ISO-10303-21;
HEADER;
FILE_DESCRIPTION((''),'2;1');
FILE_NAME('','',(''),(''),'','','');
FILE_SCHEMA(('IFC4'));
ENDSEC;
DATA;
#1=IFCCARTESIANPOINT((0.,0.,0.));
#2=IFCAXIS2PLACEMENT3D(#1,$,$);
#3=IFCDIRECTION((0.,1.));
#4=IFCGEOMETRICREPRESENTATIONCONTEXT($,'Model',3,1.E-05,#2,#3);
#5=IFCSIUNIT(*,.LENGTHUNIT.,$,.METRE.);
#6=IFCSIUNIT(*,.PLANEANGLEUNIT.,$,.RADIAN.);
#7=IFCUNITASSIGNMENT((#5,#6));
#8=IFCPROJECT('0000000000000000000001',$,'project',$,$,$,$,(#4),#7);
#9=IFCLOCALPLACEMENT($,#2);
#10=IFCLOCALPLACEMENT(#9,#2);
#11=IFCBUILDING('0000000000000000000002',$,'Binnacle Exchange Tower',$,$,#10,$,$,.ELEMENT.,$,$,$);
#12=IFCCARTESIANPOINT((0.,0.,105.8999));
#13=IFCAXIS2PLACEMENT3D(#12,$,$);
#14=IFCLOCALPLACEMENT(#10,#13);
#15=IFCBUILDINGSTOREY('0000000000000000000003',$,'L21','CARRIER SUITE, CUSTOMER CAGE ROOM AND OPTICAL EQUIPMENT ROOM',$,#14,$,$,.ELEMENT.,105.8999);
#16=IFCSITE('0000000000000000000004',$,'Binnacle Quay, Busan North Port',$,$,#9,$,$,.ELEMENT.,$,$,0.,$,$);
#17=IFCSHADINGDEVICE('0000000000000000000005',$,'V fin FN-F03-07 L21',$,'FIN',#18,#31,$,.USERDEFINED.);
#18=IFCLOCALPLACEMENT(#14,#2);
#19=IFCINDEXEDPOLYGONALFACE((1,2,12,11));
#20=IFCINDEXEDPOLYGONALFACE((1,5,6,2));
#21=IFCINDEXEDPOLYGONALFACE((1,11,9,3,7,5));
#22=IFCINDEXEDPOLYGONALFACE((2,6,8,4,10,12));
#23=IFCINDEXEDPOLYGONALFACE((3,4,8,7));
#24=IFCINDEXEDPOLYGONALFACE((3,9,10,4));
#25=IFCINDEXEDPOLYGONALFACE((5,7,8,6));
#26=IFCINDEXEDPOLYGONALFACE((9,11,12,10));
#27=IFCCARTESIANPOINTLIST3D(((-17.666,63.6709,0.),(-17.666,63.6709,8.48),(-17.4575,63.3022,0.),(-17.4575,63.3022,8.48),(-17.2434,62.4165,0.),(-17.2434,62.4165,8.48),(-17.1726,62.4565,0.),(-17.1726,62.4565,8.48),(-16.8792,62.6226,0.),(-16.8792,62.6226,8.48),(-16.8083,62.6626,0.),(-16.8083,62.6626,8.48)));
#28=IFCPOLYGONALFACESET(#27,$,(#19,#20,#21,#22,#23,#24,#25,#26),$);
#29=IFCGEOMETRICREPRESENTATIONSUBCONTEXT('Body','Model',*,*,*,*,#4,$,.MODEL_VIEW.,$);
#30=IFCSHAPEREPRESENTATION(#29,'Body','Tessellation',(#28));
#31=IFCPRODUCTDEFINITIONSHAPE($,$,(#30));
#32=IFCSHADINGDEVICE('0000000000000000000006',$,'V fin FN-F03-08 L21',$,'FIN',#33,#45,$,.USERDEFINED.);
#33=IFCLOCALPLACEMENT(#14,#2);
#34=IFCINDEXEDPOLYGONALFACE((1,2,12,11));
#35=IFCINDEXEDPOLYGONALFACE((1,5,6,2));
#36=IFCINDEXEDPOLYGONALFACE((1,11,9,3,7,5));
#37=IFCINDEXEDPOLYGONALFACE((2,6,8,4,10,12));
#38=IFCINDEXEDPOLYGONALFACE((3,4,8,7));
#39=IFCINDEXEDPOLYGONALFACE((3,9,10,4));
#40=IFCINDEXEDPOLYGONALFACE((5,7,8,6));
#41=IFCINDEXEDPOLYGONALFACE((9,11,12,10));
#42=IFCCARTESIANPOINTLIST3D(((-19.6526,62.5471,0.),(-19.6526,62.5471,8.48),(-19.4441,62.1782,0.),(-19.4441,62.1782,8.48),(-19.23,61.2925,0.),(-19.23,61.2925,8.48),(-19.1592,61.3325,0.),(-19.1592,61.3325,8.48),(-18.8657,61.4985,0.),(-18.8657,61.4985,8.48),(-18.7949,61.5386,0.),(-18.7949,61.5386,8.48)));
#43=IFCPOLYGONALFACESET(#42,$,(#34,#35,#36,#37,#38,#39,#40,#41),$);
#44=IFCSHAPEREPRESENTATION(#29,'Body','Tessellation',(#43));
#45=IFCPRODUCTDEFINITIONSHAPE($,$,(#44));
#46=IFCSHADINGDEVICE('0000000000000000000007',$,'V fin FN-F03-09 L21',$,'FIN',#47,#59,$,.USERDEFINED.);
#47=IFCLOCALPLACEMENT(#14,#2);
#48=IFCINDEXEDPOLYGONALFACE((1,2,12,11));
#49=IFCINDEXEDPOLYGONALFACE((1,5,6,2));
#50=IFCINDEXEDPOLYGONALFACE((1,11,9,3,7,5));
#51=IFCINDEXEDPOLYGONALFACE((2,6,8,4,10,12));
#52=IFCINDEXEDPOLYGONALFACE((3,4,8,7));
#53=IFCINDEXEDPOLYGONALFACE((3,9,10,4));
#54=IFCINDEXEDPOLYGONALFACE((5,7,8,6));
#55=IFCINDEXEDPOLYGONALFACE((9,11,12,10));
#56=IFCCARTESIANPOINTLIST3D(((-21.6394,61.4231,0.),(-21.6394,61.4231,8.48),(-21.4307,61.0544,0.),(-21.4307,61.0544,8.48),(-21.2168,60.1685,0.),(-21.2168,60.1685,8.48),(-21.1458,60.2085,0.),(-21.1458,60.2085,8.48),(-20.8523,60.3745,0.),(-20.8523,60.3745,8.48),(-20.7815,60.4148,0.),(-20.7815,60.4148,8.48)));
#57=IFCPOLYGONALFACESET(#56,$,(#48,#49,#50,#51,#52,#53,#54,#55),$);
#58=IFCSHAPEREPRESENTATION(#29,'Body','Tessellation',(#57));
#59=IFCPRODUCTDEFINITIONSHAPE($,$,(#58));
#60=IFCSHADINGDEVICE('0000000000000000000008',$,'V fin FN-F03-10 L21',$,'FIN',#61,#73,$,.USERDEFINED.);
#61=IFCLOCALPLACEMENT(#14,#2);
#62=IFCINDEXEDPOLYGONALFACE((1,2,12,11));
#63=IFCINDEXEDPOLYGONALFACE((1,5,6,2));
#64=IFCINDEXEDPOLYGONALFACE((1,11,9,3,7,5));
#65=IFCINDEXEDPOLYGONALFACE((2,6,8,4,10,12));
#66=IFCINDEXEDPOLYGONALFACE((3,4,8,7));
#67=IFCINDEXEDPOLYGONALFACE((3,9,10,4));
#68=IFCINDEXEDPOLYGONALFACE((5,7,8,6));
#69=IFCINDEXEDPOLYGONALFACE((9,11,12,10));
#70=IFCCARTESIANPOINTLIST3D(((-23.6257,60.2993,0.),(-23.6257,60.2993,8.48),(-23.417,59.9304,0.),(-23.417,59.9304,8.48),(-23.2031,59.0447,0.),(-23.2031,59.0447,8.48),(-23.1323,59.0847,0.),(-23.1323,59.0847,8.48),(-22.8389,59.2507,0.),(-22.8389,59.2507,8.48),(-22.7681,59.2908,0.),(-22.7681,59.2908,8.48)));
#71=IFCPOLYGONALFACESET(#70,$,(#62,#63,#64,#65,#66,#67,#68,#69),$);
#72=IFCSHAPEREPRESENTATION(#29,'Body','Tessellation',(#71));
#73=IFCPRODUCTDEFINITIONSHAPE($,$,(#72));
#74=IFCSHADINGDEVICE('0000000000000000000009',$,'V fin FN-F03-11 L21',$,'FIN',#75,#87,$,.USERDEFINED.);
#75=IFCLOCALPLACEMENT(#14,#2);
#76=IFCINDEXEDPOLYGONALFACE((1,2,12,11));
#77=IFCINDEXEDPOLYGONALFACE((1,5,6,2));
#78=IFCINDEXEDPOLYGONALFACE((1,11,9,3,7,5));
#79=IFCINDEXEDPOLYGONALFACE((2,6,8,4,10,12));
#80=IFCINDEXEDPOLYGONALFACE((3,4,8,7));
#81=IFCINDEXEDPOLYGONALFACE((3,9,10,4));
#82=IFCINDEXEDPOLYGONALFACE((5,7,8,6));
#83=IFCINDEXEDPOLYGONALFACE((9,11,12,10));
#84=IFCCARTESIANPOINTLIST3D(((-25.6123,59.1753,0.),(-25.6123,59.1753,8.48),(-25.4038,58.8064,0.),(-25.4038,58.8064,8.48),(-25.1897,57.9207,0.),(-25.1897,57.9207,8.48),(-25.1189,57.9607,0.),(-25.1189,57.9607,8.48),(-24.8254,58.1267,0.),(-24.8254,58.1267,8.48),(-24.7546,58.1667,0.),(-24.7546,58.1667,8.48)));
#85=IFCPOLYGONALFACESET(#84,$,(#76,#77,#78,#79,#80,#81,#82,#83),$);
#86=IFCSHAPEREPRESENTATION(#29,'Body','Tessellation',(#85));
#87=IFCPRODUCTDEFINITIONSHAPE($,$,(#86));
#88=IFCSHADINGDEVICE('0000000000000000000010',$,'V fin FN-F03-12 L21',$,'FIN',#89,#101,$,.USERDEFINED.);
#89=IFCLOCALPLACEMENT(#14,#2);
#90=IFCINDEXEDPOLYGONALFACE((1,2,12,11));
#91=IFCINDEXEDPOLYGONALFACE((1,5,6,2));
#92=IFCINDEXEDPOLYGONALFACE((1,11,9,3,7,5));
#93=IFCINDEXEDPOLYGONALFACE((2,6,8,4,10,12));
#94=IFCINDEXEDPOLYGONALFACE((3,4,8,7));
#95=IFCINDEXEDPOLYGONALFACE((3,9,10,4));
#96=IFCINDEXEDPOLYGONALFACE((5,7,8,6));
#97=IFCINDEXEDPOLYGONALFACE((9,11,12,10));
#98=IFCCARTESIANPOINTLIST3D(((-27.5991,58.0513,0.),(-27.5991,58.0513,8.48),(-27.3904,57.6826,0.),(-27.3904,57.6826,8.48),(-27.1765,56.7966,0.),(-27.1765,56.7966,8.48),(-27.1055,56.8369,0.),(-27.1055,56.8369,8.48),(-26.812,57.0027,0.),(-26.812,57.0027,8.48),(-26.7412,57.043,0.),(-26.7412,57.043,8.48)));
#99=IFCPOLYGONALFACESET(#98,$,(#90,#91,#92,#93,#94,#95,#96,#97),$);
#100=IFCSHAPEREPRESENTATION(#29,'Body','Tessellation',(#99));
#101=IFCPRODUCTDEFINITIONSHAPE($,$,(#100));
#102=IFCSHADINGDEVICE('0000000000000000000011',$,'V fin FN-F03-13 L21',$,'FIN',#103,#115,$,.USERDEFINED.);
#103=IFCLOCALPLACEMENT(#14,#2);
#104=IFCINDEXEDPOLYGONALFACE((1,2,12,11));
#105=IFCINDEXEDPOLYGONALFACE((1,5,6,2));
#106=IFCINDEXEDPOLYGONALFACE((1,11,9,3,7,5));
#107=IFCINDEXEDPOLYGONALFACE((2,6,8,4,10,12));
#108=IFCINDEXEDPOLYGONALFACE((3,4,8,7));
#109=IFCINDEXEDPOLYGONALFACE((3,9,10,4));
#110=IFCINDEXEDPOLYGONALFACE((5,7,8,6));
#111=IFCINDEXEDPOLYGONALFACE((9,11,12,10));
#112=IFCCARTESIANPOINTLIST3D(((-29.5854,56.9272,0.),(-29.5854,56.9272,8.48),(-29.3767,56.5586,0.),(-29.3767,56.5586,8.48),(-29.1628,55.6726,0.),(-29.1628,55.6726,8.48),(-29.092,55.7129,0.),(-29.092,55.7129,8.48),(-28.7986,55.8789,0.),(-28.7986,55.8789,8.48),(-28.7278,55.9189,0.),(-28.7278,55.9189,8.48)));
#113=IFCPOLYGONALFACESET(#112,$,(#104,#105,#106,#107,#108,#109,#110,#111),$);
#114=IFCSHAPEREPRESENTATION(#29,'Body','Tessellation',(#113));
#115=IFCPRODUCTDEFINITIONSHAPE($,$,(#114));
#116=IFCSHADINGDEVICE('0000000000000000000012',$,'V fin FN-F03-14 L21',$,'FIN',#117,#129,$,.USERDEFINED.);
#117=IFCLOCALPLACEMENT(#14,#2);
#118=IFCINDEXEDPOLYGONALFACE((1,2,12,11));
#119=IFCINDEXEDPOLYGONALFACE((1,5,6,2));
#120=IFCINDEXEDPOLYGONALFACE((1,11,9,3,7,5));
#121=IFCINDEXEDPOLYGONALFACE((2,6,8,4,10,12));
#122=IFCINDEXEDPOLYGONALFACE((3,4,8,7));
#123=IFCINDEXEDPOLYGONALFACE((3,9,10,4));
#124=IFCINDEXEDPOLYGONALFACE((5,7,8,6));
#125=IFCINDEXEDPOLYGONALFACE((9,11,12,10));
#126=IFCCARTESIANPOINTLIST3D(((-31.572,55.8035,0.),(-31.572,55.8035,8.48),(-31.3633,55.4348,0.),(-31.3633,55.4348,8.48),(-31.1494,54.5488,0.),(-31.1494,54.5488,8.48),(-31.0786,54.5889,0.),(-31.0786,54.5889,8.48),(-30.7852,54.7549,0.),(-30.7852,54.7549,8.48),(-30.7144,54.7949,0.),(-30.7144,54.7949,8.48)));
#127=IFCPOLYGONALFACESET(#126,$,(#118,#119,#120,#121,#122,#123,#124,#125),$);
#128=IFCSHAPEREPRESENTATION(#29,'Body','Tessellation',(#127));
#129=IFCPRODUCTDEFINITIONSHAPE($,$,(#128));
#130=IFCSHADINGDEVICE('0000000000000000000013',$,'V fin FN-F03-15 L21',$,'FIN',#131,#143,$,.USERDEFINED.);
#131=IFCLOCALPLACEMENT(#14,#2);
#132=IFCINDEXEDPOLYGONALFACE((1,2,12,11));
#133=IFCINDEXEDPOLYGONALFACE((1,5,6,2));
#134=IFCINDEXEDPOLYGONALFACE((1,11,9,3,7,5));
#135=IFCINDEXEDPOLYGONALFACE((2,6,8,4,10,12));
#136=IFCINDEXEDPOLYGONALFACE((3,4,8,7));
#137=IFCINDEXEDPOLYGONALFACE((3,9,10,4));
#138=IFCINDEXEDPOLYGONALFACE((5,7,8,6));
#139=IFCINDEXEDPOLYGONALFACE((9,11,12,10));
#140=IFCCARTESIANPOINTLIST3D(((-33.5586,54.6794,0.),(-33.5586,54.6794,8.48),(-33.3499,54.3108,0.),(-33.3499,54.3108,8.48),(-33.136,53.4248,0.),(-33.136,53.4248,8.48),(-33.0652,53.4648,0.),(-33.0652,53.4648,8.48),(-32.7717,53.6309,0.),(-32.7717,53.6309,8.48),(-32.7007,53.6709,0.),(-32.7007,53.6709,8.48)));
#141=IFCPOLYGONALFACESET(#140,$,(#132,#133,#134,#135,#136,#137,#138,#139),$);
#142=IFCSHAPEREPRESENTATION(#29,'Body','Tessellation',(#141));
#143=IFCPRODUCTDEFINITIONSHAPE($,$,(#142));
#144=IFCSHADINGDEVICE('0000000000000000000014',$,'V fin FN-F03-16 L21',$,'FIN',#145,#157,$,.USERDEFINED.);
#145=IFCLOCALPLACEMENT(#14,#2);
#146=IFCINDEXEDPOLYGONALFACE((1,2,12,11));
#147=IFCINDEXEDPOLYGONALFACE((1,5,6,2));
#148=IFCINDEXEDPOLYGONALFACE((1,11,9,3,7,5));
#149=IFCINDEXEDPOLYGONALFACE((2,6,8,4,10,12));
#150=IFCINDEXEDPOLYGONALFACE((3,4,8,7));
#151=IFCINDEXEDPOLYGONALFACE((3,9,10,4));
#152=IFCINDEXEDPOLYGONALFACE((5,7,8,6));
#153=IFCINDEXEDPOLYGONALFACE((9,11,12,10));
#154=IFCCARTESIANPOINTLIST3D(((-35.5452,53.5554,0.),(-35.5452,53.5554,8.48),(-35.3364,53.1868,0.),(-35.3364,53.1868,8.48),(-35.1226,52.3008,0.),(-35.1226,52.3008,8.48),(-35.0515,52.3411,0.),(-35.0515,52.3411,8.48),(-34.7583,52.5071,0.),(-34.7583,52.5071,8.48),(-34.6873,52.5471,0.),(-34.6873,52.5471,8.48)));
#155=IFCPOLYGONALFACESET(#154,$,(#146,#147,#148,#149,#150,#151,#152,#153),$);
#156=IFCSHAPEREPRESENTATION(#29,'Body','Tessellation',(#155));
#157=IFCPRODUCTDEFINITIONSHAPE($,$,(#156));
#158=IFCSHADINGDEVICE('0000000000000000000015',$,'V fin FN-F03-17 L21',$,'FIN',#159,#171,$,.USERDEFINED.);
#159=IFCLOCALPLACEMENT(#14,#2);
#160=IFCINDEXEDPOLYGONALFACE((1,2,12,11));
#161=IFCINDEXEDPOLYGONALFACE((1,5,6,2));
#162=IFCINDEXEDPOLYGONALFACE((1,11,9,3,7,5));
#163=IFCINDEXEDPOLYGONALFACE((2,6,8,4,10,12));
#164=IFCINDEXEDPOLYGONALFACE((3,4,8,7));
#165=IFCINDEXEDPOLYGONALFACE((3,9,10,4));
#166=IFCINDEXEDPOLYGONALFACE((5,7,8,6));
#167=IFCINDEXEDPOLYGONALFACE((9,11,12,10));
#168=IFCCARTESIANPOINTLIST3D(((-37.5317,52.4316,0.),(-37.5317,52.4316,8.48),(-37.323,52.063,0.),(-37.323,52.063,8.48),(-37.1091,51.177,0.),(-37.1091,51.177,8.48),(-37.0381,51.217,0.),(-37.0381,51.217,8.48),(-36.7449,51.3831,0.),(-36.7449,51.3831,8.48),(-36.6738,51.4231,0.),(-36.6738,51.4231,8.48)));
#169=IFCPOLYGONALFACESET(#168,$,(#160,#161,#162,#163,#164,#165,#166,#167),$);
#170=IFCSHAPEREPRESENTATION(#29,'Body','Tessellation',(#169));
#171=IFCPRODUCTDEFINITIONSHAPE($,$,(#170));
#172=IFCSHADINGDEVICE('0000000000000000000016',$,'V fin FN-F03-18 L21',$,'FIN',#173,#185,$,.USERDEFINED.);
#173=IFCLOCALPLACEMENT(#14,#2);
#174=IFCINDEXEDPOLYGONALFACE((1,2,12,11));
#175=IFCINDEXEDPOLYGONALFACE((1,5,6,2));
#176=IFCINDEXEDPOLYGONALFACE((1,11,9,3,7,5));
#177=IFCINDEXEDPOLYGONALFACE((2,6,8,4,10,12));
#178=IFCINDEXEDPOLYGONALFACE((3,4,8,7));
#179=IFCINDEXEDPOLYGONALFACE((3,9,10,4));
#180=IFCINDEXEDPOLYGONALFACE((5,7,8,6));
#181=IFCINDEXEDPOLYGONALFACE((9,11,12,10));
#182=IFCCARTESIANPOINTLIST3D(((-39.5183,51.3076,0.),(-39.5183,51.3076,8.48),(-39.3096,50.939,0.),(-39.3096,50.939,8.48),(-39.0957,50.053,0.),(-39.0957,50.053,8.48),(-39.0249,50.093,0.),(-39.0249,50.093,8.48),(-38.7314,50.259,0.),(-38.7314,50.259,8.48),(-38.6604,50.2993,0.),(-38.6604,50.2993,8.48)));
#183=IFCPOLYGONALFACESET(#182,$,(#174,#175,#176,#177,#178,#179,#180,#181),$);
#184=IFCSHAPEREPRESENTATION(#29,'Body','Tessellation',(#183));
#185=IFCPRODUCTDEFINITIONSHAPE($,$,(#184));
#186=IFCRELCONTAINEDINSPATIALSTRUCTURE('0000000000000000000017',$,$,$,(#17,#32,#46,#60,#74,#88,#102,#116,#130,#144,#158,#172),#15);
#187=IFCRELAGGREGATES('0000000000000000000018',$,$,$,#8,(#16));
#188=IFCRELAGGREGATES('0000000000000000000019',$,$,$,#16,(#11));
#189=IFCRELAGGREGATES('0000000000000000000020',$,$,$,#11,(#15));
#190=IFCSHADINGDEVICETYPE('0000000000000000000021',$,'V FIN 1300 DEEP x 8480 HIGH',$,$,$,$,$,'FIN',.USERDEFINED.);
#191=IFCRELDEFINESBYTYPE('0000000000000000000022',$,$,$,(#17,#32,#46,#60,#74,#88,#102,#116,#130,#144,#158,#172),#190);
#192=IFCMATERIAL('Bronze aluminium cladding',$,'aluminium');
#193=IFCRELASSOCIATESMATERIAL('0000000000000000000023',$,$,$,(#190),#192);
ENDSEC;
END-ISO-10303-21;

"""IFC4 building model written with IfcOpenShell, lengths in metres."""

from ifc_helpers import new_model, si_unit, direction, frame, origin, place, context, subcontext, project, spatial, polyline, outline, extrude, material, type_object, element, save


model = new_model("IFC4")

# Units and contexts
model_context = context("Model", 3, precision=1e-05, world=origin(), true_north=direction((0.0, 1.0)))
body_context = subcontext(model_context, "Body", "Model", "MODEL_VIEW")
ifc_project = project(units=[si_unit("LENGTHUNIT", "METRE"), si_unit("PLANEANGLEUNIT", "RADIAN")], contexts=[model_context])

# Site, building, storey
site_placement = place(None, origin())
site = spatial("IfcSite", under=ifc_project, at=site_placement, Name="Binnacle Quay, Busan North Port", CompositionType="ELEMENT", RefElevation=0.0)
building_placement = place(site_placement, origin())
building = spatial("IfcBuilding", under=site, at=building_placement, Name="Binnacle Exchange Tower", CompositionType="ELEMENT")
storey_placement = place(building_placement, frame((0.0, 0.0, 105.8999)))
storey = spatial("IfcBuildingStorey", under=building, at=storey_placement, Name="L21", Description="CARRIER SUITE, CUSTOMER CAGE ROOM AND OPTICAL EQUIPMENT ROOM", CompositionType="ELEMENT", Elevation=105.8999)

# Shading devices
ifc_material = material(Name="Bronze aluminium cladding", Category="aluminium")
shading_device_type = type_object("IfcShadingDeviceType", Name="V FIN 1300 DEEP x 8480 HIGH", ElementType="FIN", PredefinedType="USERDEFINED", material=ifc_material)
shading_device_1_placement = place(storey_placement, origin())
element("IfcShadingDevice", 1, at=shading_device_1_placement, inside=storey, type_object=shading_device_type, Name="V fin FN-F03-07 L21", ObjectType="FIN", PredefinedType="USERDEFINED", context=body_context, shape_type="SweptSolid", body=[
    extrude(outline(polyline([(-16.8083, 62.6626), (-17.666, 63.6709), (-17.2434, 62.4165), (-17.1726, 62.4565), (-17.4575, 63.3022), (-16.8792, 62.6226), (-16.8083, 62.6626)])), origin(), (0.0, 0.0, 1.0), 8.48),
])
shading_device_2_placement = place(storey_placement, origin())
element("IfcShadingDevice", 2, at=shading_device_2_placement, inside=storey, type_object=shading_device_type, Name="V fin FN-F03-08 L21", ObjectType="FIN", PredefinedType="USERDEFINED", context=body_context, shape_type="SweptSolid", body=[
    extrude(outline(polyline([(-18.7949, 61.5386), (-19.6526, 62.5471), (-19.23, 61.2925), (-19.1592, 61.3325), (-19.4441, 62.1782), (-18.8657, 61.4985), (-18.7949, 61.5386)])), origin(), (0.0, 0.0, 1.0), 8.48),
])
shading_device_3_placement = place(storey_placement, origin())
element("IfcShadingDevice", 3, at=shading_device_3_placement, inside=storey, type_object=shading_device_type, Name="V fin FN-F03-09 L21", ObjectType="FIN", PredefinedType="USERDEFINED", context=body_context, shape_type="SweptSolid", body=[
    extrude(outline(polyline([(-20.7815, 60.4148), (-21.6394, 61.4231), (-21.2168, 60.1685), (-21.1458, 60.2085), (-21.4307, 61.0544), (-20.8523, 60.3745), (-20.7815, 60.4148)])), origin(), (0.0, 0.0, 1.0), 8.48),
])
shading_device_4_placement = place(storey_placement, origin())
element("IfcShadingDevice", 4, at=shading_device_4_placement, inside=storey, type_object=shading_device_type, Name="V fin FN-F03-10 L21", ObjectType="FIN", PredefinedType="USERDEFINED", context=body_context, shape_type="SweptSolid", body=[
    extrude(outline(polyline([(-22.7681, 59.2908), (-23.6257, 60.2993), (-23.2031, 59.0447), (-23.1323, 59.0847), (-23.417, 59.9304), (-22.8389, 59.2507), (-22.7681, 59.2908)])), origin(), (0.0, 0.0, 1.0), 8.48),
])
shading_device_5_placement = place(storey_placement, origin())
element("IfcShadingDevice", 5, at=shading_device_5_placement, inside=storey, type_object=shading_device_type, Name="V fin FN-F03-11 L21", ObjectType="FIN", PredefinedType="USERDEFINED", context=body_context, shape_type="SweptSolid", body=[
    extrude(outline(polyline([(-24.7546, 58.1667), (-25.6123, 59.1753), (-25.1897, 57.9207), (-25.1189, 57.9607), (-25.4038, 58.8064), (-24.8254, 58.1267), (-24.7546, 58.1667)])), origin(), (0.0, 0.0, 1.0), 8.48),
])
shading_device_6_placement = place(storey_placement, origin())
element("IfcShadingDevice", 6, at=shading_device_6_placement, inside=storey, type_object=shading_device_type, Name="V fin FN-F03-12 L21", ObjectType="FIN", PredefinedType="USERDEFINED", context=body_context, shape_type="SweptSolid", body=[
    extrude(outline(polyline([(-26.7412, 57.043), (-27.5991, 58.0513), (-27.1765, 56.7966), (-27.1055, 56.8369), (-27.3904, 57.6826), (-26.812, 57.0027), (-26.7412, 57.043)])), origin(), (0.0, 0.0, 1.0), 8.48),
])
shading_device_7_placement = place(storey_placement, origin())
element("IfcShadingDevice", 7, at=shading_device_7_placement, inside=storey, type_object=shading_device_type, Name="V fin FN-F03-13 L21", ObjectType="FIN", PredefinedType="USERDEFINED", context=body_context, shape_type="SweptSolid", body=[
    extrude(outline(polyline([(-28.7278, 55.9189), (-29.5854, 56.9272), (-29.1628, 55.6726), (-29.092, 55.7129), (-29.3767, 56.5586), (-28.7986, 55.8789), (-28.7278, 55.9189)])), origin(), (0.0, 0.0, 1.0), 8.48),
])
shading_device_8_placement = place(storey_placement, origin())
element("IfcShadingDevice", 8, at=shading_device_8_placement, inside=storey, type_object=shading_device_type, Name="V fin FN-F03-14 L21", ObjectType="FIN", PredefinedType="USERDEFINED", context=body_context, shape_type="SweptSolid", body=[
    extrude(outline(polyline([(-30.7144, 54.7949), (-31.572, 55.8035), (-31.1494, 54.5488), (-31.0786, 54.5889), (-31.3633, 55.4348), (-30.7852, 54.7549), (-30.7144, 54.7949)])), origin(), (0.0, 0.0, 1.0), 8.48),
])
shading_device_9_placement = place(storey_placement, origin())
element("IfcShadingDevice", 9, at=shading_device_9_placement, inside=storey, type_object=shading_device_type, Name="V fin FN-F03-15 L21", ObjectType="FIN", PredefinedType="USERDEFINED", context=body_context, shape_type="SweptSolid", body=[
    extrude(outline(polyline([(-32.7007, 53.6709), (-33.5586, 54.6794), (-33.136, 53.4248), (-33.0652, 53.4648), (-33.3499, 54.3108), (-32.7717, 53.6309), (-32.7007, 53.6709)])), origin(), (0.0, 0.0, 1.0), 8.48),
])
shading_device_10_placement = place(storey_placement, origin())
element("IfcShadingDevice", 10, at=shading_device_10_placement, inside=storey, type_object=shading_device_type, Name="V fin FN-F03-16 L21", ObjectType="FIN", PredefinedType="USERDEFINED", context=body_context, shape_type="SweptSolid", body=[
    extrude(outline(polyline([(-34.6873, 52.5471), (-35.5452, 53.5554), (-35.1226, 52.3008), (-35.0515, 52.3411), (-35.3364, 53.1868), (-34.7583, 52.5071), (-34.6873, 52.5471)])), origin(), (0.0, 0.0, 1.0), 8.48),
])
shading_device_11_placement = place(storey_placement, origin())
element("IfcShadingDevice", 11, at=shading_device_11_placement, inside=storey, type_object=shading_device_type, Name="V fin FN-F03-17 L21", ObjectType="FIN", PredefinedType="USERDEFINED", context=body_context, shape_type="SweptSolid", body=[
    extrude(outline(polyline([(-36.6738, 51.4231), (-37.5317, 52.4316), (-37.1091, 51.177), (-37.0381, 51.217), (-37.323, 52.063), (-36.7449, 51.3831), (-36.6738, 51.4231)])), origin(), (0.0, 0.0, 1.0), 8.48),
])
shading_device_12_placement = place(storey_placement, origin())
element("IfcShadingDevice", 12, at=shading_device_12_placement, inside=storey, type_object=shading_device_type, Name="V fin FN-F03-18 L21", ObjectType="FIN", PredefinedType="USERDEFINED", context=body_context, shape_type="SweptSolid", body=[
    extrude(outline(polyline([(-38.6604, 50.2993), (-39.5183, 51.3076), (-39.0957, 50.053), (-39.0249, 50.093), (-39.3096, 50.939), (-38.7314, 50.259), (-38.6604, 50.2993)])), origin(), (0.0, 0.0, 1.0), 8.48),
])

save(model, "model.ifc")
